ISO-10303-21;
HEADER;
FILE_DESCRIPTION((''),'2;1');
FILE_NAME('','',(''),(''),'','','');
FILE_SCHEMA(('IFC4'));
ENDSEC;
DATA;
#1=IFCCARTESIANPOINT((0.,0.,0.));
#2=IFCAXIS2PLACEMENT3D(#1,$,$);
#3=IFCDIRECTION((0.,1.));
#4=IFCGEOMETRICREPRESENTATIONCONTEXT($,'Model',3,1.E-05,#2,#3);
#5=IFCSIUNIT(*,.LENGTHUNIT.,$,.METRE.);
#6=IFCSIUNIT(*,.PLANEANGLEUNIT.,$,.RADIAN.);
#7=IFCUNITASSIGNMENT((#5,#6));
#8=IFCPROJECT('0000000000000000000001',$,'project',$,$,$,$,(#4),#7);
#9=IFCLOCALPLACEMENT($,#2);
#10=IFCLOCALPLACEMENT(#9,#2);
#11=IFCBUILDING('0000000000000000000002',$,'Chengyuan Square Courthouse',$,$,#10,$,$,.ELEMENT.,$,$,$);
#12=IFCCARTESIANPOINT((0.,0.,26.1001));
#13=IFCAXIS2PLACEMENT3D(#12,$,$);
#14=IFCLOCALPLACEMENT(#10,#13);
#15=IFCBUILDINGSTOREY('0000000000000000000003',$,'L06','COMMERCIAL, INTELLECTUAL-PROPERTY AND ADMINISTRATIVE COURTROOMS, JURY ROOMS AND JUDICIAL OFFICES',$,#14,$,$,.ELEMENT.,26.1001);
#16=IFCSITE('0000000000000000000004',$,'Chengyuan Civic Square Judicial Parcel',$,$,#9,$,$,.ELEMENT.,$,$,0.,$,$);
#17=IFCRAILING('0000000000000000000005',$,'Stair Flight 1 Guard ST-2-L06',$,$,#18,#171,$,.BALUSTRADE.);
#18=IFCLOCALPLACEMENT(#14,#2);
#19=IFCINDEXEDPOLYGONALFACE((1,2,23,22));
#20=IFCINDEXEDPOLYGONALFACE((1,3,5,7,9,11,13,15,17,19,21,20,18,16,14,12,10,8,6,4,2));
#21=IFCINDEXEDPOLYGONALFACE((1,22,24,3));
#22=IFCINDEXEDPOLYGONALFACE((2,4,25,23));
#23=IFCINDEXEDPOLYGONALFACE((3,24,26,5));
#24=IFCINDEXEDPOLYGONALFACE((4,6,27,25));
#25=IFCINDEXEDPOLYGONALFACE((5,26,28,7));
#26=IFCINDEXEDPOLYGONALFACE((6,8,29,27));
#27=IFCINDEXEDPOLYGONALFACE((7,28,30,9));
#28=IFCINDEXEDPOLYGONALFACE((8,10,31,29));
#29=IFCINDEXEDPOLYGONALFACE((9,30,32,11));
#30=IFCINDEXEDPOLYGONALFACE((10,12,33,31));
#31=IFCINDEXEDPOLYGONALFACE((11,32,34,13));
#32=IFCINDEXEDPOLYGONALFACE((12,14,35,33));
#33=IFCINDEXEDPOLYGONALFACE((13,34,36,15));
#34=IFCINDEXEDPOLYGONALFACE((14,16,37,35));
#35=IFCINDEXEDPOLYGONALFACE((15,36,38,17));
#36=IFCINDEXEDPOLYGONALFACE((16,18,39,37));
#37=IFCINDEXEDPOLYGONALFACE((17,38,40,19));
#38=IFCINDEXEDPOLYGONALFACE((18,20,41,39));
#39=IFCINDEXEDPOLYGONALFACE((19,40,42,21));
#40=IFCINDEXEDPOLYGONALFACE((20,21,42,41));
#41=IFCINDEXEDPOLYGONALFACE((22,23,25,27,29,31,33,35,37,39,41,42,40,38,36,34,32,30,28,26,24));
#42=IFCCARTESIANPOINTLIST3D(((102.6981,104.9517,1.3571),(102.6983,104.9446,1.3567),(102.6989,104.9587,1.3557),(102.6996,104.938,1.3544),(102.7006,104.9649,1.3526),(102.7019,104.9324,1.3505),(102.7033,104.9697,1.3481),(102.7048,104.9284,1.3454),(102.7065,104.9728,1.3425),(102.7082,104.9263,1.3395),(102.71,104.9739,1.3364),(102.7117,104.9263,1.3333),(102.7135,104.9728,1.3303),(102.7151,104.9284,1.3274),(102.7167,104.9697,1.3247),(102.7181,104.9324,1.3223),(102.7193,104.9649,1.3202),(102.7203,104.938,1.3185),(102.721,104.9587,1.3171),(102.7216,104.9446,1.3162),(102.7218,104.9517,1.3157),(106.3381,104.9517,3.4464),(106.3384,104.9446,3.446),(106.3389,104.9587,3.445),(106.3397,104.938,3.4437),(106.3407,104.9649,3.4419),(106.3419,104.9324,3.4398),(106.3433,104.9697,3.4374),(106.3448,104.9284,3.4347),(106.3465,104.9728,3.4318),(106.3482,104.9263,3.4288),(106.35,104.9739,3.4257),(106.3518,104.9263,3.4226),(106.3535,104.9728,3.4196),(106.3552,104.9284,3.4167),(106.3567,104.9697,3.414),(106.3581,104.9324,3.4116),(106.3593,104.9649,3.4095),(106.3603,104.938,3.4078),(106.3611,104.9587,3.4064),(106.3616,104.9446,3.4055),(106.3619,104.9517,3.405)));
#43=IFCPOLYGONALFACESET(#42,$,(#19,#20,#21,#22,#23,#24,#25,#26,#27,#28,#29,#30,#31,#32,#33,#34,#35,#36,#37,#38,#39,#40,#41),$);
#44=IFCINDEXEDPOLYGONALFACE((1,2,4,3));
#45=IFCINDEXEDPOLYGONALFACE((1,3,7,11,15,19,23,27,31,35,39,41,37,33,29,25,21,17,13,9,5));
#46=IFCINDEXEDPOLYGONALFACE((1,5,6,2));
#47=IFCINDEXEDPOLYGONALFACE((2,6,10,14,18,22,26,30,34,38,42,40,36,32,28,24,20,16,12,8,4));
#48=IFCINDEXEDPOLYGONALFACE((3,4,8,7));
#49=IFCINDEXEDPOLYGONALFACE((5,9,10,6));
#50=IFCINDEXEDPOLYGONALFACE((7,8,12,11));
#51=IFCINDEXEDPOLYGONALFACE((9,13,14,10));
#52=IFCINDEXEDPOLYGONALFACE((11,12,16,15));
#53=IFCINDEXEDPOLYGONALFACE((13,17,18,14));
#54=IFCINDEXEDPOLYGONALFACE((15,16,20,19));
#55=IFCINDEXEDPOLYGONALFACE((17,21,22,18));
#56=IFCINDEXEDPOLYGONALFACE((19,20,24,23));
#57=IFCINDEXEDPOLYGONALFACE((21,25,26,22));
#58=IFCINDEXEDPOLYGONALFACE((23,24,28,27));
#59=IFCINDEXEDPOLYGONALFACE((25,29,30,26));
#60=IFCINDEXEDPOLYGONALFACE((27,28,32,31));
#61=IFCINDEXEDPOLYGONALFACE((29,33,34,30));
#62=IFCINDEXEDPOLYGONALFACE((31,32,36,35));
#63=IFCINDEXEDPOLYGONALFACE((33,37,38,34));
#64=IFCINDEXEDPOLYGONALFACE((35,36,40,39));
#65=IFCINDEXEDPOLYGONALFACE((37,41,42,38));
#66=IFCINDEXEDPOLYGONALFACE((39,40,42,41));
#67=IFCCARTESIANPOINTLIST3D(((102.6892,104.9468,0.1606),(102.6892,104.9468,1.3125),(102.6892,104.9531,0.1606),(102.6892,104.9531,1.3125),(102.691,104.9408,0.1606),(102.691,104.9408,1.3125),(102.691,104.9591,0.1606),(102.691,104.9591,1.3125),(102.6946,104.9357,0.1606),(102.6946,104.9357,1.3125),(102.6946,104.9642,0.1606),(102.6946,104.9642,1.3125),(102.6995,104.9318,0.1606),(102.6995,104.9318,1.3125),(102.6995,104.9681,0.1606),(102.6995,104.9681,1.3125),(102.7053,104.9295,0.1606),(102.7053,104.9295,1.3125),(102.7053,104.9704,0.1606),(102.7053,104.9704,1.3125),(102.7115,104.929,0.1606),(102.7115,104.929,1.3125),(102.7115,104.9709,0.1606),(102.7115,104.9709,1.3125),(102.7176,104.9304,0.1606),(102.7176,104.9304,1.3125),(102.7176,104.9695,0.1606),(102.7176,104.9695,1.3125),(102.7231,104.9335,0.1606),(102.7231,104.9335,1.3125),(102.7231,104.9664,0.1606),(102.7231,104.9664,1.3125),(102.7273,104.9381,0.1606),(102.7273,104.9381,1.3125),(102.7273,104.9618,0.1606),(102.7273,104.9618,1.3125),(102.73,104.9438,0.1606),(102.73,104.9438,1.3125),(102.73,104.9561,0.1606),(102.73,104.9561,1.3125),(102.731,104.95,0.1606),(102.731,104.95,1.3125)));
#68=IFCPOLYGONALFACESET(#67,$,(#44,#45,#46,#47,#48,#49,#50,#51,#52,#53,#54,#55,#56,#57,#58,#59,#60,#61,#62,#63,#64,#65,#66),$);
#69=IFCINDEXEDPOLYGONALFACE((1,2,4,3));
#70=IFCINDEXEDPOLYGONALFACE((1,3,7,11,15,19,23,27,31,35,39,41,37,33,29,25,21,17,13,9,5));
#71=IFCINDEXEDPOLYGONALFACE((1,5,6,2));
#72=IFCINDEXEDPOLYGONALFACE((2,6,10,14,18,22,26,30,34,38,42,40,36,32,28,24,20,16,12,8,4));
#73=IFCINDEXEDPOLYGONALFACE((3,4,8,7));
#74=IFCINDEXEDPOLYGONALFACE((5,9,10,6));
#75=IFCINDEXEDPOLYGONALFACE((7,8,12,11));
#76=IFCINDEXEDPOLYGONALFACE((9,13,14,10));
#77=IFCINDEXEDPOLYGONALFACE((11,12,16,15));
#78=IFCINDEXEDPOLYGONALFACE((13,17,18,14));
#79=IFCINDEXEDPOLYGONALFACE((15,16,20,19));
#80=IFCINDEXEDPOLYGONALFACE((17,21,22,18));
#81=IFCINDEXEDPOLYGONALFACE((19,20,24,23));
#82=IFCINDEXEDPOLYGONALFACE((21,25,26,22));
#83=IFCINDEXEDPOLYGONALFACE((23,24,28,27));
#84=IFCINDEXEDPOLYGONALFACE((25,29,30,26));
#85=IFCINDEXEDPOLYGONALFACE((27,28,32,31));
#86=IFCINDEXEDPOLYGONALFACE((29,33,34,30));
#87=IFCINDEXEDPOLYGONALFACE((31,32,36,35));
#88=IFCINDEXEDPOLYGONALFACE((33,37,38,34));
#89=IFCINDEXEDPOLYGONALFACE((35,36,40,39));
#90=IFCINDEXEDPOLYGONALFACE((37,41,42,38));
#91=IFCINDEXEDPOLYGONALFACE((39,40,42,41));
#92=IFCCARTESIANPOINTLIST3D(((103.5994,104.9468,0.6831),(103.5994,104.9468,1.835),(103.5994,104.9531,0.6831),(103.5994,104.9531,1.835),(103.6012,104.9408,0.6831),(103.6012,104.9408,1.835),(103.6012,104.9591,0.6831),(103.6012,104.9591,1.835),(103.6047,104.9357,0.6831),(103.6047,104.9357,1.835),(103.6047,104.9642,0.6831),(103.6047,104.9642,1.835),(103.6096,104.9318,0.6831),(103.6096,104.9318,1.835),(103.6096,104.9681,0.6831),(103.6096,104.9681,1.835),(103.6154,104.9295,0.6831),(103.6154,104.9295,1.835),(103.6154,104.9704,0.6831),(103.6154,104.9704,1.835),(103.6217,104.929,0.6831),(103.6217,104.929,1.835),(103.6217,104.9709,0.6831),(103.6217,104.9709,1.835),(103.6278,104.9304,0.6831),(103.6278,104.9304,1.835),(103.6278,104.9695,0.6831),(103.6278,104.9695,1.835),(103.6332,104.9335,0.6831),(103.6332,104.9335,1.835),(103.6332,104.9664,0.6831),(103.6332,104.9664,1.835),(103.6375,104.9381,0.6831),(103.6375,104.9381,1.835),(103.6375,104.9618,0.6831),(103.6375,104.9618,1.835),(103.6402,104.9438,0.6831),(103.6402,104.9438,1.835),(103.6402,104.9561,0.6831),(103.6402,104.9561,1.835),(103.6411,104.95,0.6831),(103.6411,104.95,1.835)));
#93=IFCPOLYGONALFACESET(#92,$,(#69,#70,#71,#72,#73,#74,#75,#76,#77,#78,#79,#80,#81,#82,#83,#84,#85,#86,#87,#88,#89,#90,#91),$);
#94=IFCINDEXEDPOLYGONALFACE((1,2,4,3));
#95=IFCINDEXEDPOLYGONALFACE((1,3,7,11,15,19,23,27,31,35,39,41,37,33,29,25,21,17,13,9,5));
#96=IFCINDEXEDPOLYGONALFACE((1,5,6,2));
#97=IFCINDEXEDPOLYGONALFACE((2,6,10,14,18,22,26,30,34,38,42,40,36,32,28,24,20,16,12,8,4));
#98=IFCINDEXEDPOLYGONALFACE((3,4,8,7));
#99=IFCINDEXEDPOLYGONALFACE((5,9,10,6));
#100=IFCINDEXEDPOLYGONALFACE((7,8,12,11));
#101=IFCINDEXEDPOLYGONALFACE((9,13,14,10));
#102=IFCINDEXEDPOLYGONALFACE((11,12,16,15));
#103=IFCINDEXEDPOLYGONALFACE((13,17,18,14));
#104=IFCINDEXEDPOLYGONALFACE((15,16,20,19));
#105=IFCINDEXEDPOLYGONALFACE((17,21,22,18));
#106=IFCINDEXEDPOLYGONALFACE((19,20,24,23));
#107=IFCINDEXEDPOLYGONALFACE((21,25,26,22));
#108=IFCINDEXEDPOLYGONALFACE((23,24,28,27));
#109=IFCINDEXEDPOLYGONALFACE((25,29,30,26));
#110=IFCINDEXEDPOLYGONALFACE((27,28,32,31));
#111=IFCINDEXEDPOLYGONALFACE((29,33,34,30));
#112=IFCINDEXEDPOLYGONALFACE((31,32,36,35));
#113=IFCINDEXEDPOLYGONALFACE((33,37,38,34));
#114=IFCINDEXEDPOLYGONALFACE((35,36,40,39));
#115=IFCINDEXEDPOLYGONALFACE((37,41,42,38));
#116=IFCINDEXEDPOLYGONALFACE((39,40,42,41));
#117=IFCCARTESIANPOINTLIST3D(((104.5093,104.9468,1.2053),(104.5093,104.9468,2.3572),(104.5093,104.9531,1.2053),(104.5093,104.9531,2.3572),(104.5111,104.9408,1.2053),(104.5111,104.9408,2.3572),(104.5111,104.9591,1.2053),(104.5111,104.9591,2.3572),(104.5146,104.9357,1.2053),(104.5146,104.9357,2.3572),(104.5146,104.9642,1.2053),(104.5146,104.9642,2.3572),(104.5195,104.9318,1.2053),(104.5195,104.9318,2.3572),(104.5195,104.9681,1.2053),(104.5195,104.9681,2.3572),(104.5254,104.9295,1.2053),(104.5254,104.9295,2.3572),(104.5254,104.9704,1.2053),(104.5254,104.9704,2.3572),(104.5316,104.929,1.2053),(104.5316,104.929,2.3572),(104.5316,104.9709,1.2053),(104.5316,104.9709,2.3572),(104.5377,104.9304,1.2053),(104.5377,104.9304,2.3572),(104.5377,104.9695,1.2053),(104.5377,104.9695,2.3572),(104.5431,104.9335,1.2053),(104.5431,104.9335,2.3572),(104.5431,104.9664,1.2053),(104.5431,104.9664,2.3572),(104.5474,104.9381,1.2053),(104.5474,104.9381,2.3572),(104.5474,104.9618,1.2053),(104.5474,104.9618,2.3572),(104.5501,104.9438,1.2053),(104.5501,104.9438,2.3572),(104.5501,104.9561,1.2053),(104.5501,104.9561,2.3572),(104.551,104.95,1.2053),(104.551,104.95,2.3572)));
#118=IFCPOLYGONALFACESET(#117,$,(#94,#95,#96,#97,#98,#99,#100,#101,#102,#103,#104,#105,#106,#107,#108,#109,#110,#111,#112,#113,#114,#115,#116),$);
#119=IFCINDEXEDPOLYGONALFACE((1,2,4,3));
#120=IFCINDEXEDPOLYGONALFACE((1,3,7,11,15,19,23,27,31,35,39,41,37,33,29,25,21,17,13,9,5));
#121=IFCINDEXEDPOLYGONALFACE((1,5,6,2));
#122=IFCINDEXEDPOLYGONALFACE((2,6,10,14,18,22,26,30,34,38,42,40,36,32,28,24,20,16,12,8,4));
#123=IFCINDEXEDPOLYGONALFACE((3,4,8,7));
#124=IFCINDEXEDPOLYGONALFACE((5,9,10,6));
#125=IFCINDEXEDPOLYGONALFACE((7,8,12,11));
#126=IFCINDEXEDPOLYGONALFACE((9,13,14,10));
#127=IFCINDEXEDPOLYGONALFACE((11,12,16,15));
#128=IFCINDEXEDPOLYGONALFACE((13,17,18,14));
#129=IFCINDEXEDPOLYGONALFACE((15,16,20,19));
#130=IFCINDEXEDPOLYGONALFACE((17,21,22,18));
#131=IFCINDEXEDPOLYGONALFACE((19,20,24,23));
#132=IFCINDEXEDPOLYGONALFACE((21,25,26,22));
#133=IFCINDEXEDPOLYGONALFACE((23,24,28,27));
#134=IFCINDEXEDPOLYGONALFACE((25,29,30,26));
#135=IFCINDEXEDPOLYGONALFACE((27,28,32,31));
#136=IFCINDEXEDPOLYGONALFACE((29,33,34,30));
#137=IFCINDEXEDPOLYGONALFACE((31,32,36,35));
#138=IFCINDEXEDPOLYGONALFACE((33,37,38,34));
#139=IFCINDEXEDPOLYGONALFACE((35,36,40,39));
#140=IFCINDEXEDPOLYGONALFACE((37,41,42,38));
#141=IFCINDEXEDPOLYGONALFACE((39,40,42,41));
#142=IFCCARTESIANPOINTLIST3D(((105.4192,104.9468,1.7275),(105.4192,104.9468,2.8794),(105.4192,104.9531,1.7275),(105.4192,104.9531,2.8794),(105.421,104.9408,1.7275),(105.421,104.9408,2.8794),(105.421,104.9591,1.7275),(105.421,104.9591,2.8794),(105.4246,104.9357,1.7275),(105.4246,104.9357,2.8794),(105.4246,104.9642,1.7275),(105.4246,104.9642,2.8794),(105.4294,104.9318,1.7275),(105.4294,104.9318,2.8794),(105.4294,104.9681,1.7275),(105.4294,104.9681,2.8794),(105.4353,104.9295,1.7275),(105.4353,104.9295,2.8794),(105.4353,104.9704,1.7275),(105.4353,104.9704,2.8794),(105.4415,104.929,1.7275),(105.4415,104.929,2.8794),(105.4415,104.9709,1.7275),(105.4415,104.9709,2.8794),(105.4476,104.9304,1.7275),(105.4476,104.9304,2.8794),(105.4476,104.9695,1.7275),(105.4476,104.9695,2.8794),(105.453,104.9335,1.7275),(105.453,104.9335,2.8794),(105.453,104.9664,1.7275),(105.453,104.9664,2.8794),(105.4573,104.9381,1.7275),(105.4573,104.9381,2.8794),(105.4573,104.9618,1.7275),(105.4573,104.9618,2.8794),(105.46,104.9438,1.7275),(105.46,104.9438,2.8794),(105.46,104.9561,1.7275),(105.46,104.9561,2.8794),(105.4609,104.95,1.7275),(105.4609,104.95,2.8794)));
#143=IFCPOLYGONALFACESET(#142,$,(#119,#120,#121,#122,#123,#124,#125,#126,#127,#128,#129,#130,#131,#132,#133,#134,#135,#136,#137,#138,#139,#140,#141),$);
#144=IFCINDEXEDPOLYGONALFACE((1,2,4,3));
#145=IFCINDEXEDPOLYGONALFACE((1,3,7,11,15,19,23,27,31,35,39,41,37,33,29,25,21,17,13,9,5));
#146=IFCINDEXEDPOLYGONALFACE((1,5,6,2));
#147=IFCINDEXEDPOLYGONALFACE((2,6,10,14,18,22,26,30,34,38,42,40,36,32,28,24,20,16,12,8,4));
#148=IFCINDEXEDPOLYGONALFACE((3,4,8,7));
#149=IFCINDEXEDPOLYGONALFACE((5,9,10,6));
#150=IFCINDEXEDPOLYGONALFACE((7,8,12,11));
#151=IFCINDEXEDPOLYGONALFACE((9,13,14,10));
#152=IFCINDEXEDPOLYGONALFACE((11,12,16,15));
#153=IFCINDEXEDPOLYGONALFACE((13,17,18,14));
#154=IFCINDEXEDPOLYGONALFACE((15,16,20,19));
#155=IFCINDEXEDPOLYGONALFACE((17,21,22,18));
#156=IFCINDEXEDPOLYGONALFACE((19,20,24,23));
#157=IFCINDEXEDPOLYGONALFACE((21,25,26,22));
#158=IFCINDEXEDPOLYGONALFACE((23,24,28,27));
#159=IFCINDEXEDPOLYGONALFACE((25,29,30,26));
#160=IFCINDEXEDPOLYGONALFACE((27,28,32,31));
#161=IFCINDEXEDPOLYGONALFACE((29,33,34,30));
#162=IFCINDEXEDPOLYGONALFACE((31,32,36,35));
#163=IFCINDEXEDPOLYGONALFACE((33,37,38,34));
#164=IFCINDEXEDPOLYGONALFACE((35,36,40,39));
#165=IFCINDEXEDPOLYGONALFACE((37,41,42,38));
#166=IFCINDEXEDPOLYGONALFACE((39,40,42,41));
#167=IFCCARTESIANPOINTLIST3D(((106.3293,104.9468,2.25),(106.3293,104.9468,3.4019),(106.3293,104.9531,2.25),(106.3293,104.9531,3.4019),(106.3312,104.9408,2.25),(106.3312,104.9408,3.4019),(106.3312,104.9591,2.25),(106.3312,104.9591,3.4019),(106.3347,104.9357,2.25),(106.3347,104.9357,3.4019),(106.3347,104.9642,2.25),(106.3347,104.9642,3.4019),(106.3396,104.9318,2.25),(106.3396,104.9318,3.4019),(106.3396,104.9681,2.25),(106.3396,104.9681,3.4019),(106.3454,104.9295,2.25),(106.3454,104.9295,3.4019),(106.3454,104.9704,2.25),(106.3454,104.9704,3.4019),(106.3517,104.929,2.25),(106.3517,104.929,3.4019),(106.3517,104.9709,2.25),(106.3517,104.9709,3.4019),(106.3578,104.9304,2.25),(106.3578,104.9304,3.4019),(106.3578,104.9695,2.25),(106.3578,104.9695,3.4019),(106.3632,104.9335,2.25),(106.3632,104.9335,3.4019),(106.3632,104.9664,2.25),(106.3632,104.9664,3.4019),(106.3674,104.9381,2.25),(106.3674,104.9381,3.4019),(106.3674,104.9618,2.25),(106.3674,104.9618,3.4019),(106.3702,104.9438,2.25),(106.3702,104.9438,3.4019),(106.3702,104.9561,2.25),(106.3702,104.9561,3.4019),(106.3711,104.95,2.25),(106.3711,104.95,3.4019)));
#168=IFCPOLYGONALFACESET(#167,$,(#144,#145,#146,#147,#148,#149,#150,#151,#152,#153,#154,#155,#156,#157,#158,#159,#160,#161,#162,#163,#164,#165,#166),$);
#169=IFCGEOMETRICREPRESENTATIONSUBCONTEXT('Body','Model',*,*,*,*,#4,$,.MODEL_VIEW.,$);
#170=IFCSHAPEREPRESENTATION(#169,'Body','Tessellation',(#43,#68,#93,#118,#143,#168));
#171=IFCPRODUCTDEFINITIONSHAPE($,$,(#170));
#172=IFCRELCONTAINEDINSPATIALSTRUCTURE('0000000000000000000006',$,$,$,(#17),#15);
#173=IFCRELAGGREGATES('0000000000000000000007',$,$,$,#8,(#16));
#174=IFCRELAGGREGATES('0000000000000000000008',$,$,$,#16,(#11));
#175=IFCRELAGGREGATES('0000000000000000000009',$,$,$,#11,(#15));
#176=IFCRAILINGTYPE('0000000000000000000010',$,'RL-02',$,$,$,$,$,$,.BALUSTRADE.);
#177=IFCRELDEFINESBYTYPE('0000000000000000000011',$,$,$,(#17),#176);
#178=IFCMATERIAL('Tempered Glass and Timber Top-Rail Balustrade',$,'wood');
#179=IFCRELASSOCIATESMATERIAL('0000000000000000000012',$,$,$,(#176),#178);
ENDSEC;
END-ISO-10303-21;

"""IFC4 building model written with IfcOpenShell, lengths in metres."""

from ifc_helpers import new_model, si_unit, direction, frame, origin, origin_2d, place, context, subcontext, project, spatial, circle, extrude, material, type_object, element, save


model = new_model("IFC4")

# Units and contexts
model_context = context("Model", 3, precision=1e-05, world=origin(), true_north=direction((0.0, 1.0)))
body_context = subcontext(model_context, "Body", "Model", "MODEL_VIEW")
ifc_project = project(units=[si_unit("LENGTHUNIT", "METRE"), si_unit("PLANEANGLEUNIT", "RADIAN")], contexts=[model_context])

# Site, building, storey
site_placement = place(None, origin())
site = spatial("IfcSite", under=ifc_project, at=site_placement, Name="Chengyuan Civic Square Judicial Parcel", CompositionType="ELEMENT", RefElevation=0.0)
building_placement = place(site_placement, origin())
building = spatial("IfcBuilding", under=site, at=building_placement, Name="Chengyuan Square Courthouse", CompositionType="ELEMENT")
storey_placement = place(building_placement, frame((0.0, 0.0, 26.1001)))
storey = spatial("IfcBuildingStorey", under=building, at=storey_placement, Name="L06", Description="COMMERCIAL, INTELLECTUAL-PROPERTY AND ADMINISTRATIVE COURTROOMS, JURY ROOMS AND JUDICIAL OFFICES", CompositionType="ELEMENT", Elevation=26.1001)

# Railing
ifc_material_1 = material(Name="Tempered Glass and Timber Top-Rail Balustrade", Category="wood")
railing_type_1 = type_object("IfcRailingType", Name="RL-02", PredefinedType="BALUSTRADE", material=ifc_material_1)
railing_1_placement = place(storey_placement, frame((102.71, 104.95, 0.1606)))
element("IfcRailing", 1, at=railing_1_placement, inside=storey, type_object=railing_type_1, Name="Stair Flight 1 Guard ST-2-L06", PredefinedType="BALUSTRADE", context=body_context, shape_type="SweptSolid", body=[
    extrude(circle(Radius=0.0239, at=origin_2d()), frame((0.0, 0.0, 1.1758), z_axis=(0.867289, 0.0, 0.497804), x_axis=(0.0, 1.0, 0.0)), (0.0, 0.0, 1.0), 4.197),
    extrude(circle(Radius=0.021, at=origin_2d()), origin(), (0.0, 0.0, 1.0), 1.1519),
    extrude(circle(Radius=0.021, at=origin_2d()), frame((0.9102, 0.0, 0.5225)), (0.0, 0.0, 1.0), 1.1519),
    extrude(circle(Radius=0.021, at=origin_2d()), frame((1.8201, 0.0, 1.0447)), (0.0, 0.0, 1.0), 1.1519),
    extrude(circle(Radius=0.021, at=origin_2d()), frame((2.73, 0.0, 1.5669)), (0.0, 0.0, 1.0), 1.1519),
    extrude(circle(Radius=0.021, at=origin_2d()), frame((3.6401, 0.0, 2.0894)), (0.0, 0.0, 1.0), 1.1519),
])

save(model, "model.ifc")
